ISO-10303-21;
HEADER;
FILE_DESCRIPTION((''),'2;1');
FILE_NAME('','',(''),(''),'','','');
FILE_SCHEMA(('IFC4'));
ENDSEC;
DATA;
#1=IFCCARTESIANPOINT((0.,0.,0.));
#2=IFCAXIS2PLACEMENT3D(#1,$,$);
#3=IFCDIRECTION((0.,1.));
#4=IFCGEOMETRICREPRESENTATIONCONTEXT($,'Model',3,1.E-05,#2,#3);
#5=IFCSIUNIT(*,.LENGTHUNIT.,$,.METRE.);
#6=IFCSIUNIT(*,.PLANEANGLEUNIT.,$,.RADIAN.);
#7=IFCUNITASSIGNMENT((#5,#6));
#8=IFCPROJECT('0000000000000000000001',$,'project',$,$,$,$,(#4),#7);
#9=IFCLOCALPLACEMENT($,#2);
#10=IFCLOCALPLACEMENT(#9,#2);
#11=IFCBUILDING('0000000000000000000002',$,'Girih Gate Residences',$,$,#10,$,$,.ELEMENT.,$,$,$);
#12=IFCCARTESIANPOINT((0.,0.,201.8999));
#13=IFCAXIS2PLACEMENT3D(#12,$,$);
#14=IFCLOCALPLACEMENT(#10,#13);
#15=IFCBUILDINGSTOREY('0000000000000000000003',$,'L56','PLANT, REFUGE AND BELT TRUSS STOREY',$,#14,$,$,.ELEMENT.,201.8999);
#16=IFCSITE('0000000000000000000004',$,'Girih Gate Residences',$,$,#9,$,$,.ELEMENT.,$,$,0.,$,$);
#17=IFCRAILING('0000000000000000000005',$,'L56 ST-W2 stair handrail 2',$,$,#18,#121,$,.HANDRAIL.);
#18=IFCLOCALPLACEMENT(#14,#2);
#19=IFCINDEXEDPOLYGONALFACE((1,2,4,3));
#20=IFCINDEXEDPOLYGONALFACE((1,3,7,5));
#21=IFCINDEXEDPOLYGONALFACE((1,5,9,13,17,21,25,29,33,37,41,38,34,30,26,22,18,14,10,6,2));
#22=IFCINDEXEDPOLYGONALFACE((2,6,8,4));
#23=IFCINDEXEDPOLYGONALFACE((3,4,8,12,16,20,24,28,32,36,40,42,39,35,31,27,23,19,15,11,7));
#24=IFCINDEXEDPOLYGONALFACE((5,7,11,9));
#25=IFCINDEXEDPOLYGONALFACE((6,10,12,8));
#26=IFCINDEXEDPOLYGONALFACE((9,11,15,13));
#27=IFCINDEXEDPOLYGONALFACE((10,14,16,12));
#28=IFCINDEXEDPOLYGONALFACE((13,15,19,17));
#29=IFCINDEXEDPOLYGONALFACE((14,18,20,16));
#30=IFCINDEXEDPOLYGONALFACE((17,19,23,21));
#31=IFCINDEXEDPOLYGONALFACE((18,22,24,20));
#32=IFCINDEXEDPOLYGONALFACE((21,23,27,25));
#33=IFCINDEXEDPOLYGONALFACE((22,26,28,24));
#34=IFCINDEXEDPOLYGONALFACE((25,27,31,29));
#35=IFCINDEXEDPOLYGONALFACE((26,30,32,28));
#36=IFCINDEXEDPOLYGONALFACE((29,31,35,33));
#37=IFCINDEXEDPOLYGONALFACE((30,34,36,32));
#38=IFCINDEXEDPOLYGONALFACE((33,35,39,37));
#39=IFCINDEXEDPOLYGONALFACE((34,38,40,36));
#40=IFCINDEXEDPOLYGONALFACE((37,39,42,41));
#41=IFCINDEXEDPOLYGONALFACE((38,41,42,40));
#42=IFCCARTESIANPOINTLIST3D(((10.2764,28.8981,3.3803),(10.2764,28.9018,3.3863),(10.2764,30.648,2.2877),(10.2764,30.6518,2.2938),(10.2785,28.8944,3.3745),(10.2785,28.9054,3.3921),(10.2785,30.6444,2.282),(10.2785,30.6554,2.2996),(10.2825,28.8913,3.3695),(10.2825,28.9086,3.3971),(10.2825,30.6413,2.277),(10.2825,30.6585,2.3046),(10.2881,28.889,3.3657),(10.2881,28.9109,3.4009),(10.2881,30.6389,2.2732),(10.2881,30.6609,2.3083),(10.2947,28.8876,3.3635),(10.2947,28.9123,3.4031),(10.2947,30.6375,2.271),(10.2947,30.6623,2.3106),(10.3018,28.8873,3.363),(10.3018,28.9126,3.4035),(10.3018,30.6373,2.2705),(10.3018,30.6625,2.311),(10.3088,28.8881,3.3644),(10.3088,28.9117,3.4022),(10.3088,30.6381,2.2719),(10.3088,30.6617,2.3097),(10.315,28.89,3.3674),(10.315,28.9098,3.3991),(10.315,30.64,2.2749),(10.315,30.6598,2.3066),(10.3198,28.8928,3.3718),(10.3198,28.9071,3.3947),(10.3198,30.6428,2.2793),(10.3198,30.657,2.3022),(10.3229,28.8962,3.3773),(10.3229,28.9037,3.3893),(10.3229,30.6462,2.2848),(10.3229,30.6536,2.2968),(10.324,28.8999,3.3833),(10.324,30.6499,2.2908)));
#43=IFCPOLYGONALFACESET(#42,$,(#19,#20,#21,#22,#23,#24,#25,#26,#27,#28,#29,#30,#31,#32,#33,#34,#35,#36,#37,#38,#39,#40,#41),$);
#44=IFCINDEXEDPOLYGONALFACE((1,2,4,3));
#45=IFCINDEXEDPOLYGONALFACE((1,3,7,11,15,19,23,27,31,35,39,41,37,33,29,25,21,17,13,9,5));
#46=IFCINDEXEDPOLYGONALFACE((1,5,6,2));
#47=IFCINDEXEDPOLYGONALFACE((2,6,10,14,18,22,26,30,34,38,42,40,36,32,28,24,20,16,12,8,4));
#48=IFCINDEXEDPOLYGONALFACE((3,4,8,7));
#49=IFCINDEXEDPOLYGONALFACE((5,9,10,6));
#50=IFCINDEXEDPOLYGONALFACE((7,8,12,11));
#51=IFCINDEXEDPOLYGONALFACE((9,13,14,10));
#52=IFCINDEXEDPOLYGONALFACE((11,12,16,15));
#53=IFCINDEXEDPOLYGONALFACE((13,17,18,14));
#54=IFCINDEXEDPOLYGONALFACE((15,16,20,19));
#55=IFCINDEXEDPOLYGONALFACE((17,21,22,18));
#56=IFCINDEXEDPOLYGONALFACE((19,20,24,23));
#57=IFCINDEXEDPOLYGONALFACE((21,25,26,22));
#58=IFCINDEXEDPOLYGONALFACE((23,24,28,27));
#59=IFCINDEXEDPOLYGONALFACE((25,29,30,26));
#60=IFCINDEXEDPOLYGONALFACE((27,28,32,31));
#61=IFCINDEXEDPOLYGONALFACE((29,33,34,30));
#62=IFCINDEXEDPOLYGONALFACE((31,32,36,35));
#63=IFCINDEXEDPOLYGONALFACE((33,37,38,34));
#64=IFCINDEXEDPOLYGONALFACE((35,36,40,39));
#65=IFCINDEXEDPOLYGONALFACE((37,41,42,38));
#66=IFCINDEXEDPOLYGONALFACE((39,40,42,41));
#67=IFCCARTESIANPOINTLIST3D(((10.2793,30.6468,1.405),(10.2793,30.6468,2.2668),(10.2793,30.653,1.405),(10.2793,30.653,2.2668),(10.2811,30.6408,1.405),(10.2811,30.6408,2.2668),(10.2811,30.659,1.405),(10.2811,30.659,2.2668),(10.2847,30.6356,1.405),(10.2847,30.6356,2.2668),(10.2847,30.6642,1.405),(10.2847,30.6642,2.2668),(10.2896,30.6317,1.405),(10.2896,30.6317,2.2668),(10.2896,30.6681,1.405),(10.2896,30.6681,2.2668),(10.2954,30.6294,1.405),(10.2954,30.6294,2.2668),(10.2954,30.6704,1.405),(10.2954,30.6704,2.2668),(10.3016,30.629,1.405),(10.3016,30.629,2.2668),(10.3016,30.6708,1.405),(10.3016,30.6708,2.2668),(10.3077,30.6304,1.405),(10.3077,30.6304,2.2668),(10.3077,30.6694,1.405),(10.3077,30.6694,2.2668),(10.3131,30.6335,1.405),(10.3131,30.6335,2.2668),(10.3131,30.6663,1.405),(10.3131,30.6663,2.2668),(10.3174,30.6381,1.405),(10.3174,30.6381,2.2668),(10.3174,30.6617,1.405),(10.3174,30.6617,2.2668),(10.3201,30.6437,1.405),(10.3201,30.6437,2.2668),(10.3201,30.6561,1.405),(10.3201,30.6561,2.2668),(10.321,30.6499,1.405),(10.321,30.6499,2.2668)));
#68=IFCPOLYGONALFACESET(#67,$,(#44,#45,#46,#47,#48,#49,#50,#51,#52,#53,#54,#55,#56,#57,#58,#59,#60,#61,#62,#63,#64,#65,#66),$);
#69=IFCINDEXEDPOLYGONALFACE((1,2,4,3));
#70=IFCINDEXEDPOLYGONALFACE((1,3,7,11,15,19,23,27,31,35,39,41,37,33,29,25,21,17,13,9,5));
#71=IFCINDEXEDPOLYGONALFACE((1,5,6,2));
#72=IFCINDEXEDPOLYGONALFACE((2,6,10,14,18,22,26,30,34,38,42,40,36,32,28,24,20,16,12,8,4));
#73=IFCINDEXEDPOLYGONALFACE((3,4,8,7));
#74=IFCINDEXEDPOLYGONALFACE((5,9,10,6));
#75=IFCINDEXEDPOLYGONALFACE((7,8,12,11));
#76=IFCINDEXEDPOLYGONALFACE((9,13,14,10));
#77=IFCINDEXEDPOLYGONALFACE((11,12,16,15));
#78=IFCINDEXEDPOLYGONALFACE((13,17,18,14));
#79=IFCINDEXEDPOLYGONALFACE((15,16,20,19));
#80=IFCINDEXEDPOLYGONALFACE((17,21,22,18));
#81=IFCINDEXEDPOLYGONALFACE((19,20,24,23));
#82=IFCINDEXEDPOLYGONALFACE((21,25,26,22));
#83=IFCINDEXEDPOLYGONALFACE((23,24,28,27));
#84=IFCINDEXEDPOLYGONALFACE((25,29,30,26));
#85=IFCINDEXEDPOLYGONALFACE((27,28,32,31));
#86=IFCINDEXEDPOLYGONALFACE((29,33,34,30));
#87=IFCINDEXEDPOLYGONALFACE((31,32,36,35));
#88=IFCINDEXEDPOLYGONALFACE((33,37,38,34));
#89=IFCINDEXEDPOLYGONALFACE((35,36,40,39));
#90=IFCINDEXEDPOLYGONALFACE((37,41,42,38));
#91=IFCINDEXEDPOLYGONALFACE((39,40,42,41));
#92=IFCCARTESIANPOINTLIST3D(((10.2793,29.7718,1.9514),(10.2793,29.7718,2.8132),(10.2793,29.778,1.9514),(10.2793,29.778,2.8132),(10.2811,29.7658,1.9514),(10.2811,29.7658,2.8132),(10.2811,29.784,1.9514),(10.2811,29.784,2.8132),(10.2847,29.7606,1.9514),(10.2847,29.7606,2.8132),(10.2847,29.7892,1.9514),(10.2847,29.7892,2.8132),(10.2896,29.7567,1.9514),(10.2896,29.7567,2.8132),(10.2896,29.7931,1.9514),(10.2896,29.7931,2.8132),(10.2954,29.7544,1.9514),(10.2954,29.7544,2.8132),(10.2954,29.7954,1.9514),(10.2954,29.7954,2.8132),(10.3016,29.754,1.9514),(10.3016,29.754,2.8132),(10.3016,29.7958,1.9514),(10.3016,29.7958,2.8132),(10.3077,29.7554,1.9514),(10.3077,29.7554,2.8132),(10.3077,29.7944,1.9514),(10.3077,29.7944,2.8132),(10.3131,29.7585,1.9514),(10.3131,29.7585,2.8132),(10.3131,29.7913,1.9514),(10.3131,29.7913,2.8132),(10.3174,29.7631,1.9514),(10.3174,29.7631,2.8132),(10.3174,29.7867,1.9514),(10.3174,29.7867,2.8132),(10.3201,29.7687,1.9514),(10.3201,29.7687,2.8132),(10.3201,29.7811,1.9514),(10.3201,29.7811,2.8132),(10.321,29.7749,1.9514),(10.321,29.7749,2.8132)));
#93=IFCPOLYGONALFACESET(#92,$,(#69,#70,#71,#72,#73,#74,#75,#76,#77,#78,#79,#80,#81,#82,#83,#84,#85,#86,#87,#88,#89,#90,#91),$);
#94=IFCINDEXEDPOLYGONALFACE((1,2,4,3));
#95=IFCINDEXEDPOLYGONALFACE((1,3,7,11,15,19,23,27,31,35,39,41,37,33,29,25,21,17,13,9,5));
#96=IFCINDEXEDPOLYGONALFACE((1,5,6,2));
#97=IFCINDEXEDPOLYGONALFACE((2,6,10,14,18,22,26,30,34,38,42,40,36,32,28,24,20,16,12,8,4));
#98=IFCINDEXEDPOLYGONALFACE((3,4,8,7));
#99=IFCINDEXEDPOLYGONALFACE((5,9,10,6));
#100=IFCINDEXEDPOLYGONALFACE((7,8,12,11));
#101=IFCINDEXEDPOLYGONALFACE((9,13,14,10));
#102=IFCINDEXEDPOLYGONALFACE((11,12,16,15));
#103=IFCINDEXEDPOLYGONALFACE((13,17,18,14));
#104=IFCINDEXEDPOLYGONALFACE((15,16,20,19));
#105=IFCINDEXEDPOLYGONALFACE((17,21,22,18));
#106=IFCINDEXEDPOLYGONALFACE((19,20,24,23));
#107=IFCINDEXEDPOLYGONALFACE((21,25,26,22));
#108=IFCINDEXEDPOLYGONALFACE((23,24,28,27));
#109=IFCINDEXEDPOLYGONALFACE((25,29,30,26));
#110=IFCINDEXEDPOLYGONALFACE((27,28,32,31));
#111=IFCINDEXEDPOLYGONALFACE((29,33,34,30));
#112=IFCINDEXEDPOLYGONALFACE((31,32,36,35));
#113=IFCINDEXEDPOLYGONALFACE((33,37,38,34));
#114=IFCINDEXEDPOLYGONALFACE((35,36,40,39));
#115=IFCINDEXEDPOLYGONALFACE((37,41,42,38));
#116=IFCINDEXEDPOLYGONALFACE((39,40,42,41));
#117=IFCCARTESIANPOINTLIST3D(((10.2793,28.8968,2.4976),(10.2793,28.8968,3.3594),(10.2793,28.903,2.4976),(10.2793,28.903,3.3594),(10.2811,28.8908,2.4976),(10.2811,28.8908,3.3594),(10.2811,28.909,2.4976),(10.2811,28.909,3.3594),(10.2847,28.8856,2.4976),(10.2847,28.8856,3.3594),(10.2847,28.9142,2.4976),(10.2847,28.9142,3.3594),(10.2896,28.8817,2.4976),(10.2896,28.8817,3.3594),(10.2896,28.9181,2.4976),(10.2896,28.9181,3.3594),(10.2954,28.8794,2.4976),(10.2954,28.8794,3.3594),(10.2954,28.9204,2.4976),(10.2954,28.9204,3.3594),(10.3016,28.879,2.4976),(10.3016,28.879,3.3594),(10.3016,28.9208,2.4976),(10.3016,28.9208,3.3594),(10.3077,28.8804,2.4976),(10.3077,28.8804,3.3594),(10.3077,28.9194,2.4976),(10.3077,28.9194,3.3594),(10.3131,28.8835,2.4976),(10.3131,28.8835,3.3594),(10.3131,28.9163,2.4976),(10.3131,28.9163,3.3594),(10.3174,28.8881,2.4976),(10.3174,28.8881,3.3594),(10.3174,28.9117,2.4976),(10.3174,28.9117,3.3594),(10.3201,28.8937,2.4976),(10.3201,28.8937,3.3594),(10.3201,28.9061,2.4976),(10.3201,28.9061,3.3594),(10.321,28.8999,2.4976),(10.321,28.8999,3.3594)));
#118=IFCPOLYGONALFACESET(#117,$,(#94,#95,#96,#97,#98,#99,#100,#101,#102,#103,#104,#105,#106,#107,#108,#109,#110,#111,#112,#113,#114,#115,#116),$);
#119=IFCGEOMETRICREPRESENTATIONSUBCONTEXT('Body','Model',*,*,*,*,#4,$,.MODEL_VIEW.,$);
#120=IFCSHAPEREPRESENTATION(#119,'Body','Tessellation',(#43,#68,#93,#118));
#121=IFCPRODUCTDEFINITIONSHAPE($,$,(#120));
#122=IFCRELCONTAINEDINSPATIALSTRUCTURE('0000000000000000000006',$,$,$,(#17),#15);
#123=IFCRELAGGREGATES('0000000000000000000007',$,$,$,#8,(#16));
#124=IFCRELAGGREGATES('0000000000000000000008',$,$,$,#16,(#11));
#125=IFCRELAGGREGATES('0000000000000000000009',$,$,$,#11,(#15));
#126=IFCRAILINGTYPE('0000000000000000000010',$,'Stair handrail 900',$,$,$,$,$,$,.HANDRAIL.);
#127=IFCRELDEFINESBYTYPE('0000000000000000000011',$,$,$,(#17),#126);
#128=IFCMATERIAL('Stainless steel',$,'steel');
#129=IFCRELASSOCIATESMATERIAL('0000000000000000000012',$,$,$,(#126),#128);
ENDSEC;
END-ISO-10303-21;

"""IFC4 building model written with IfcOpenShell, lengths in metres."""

from ifc_helpers import new_model, si_unit, direction, frame, origin, origin_2d, place, context, subcontext, project, spatial, circle, extrude, material, type_object, element, save


model = new_model("IFC4")

# Units and contexts
model_context = context("Model", 3, precision=1e-05, world=origin(), true_north=direction((0.0, 1.0)))
body_context = subcontext(model_context, "Body", "Model", "MODEL_VIEW")
ifc_project = project(units=[si_unit("LENGTHUNIT", "METRE"), si_unit("PLANEANGLEUNIT", "RADIAN")], contexts=[model_context])

# Site, building, storey
site_placement = place(None, origin())
site = spatial("IfcSite", under=ifc_project, at=site_placement, Name="Girih Gate Residences", CompositionType="ELEMENT", RefElevation=0.0)
building_placement = place(site_placement, origin())
building = spatial("IfcBuilding", under=site, at=building_placement, Name="Girih Gate Residences", CompositionType="ELEMENT")
storey_placement = place(building_placement, frame((0.0, 0.0, 201.8999)))
storey = spatial("IfcBuildingStorey", under=building, at=storey_placement, Name="L56", Description="PLANT, REFUGE AND BELT TRUSS STOREY", CompositionType="ELEMENT", Elevation=201.8999)

# Railing
ifc_material_1 = material(Name="Stainless steel", Category="steel")
railing_type_1 = type_object("IfcRailingType", Name="Stair handrail 900", PredefinedType="HANDRAIL", material=ifc_material_1)
railing_1_placement = place(storey_placement, frame((10.3, 30.6499, 1.405)))
element("IfcRailing", 1, at=railing_1_placement, inside=storey, type_object=railing_type_1, Name="L56 ST-W2 stair handrail 2", PredefinedType="HANDRAIL", context=body_context, shape_type="SweptSolid", body=[
    extrude(circle(Radius=0.0239, at=origin_2d()), frame((0.0, 0.0, 0.8857), z_axis=(0.0, -0.848264, 0.529573), x_axis=(1.0, 0.0, 0.0)), (0.0, 0.0, 1.0), 2.063),
    extrude(circle(Radius=0.021, at=origin_2d()), origin(), (0.0, 0.0, 1.0), 0.8618),
    extrude(circle(Radius=0.021, at=origin_2d()), frame((0.0, -0.875, 0.5464)), (0.0, 0.0, 1.0), 0.8618),
    extrude(circle(Radius=0.021, at=origin_2d()), frame((0.0, -1.75, 1.0925)), (0.0, 0.0, 1.0), 0.8618),
])

save(model, "model.ifc")
